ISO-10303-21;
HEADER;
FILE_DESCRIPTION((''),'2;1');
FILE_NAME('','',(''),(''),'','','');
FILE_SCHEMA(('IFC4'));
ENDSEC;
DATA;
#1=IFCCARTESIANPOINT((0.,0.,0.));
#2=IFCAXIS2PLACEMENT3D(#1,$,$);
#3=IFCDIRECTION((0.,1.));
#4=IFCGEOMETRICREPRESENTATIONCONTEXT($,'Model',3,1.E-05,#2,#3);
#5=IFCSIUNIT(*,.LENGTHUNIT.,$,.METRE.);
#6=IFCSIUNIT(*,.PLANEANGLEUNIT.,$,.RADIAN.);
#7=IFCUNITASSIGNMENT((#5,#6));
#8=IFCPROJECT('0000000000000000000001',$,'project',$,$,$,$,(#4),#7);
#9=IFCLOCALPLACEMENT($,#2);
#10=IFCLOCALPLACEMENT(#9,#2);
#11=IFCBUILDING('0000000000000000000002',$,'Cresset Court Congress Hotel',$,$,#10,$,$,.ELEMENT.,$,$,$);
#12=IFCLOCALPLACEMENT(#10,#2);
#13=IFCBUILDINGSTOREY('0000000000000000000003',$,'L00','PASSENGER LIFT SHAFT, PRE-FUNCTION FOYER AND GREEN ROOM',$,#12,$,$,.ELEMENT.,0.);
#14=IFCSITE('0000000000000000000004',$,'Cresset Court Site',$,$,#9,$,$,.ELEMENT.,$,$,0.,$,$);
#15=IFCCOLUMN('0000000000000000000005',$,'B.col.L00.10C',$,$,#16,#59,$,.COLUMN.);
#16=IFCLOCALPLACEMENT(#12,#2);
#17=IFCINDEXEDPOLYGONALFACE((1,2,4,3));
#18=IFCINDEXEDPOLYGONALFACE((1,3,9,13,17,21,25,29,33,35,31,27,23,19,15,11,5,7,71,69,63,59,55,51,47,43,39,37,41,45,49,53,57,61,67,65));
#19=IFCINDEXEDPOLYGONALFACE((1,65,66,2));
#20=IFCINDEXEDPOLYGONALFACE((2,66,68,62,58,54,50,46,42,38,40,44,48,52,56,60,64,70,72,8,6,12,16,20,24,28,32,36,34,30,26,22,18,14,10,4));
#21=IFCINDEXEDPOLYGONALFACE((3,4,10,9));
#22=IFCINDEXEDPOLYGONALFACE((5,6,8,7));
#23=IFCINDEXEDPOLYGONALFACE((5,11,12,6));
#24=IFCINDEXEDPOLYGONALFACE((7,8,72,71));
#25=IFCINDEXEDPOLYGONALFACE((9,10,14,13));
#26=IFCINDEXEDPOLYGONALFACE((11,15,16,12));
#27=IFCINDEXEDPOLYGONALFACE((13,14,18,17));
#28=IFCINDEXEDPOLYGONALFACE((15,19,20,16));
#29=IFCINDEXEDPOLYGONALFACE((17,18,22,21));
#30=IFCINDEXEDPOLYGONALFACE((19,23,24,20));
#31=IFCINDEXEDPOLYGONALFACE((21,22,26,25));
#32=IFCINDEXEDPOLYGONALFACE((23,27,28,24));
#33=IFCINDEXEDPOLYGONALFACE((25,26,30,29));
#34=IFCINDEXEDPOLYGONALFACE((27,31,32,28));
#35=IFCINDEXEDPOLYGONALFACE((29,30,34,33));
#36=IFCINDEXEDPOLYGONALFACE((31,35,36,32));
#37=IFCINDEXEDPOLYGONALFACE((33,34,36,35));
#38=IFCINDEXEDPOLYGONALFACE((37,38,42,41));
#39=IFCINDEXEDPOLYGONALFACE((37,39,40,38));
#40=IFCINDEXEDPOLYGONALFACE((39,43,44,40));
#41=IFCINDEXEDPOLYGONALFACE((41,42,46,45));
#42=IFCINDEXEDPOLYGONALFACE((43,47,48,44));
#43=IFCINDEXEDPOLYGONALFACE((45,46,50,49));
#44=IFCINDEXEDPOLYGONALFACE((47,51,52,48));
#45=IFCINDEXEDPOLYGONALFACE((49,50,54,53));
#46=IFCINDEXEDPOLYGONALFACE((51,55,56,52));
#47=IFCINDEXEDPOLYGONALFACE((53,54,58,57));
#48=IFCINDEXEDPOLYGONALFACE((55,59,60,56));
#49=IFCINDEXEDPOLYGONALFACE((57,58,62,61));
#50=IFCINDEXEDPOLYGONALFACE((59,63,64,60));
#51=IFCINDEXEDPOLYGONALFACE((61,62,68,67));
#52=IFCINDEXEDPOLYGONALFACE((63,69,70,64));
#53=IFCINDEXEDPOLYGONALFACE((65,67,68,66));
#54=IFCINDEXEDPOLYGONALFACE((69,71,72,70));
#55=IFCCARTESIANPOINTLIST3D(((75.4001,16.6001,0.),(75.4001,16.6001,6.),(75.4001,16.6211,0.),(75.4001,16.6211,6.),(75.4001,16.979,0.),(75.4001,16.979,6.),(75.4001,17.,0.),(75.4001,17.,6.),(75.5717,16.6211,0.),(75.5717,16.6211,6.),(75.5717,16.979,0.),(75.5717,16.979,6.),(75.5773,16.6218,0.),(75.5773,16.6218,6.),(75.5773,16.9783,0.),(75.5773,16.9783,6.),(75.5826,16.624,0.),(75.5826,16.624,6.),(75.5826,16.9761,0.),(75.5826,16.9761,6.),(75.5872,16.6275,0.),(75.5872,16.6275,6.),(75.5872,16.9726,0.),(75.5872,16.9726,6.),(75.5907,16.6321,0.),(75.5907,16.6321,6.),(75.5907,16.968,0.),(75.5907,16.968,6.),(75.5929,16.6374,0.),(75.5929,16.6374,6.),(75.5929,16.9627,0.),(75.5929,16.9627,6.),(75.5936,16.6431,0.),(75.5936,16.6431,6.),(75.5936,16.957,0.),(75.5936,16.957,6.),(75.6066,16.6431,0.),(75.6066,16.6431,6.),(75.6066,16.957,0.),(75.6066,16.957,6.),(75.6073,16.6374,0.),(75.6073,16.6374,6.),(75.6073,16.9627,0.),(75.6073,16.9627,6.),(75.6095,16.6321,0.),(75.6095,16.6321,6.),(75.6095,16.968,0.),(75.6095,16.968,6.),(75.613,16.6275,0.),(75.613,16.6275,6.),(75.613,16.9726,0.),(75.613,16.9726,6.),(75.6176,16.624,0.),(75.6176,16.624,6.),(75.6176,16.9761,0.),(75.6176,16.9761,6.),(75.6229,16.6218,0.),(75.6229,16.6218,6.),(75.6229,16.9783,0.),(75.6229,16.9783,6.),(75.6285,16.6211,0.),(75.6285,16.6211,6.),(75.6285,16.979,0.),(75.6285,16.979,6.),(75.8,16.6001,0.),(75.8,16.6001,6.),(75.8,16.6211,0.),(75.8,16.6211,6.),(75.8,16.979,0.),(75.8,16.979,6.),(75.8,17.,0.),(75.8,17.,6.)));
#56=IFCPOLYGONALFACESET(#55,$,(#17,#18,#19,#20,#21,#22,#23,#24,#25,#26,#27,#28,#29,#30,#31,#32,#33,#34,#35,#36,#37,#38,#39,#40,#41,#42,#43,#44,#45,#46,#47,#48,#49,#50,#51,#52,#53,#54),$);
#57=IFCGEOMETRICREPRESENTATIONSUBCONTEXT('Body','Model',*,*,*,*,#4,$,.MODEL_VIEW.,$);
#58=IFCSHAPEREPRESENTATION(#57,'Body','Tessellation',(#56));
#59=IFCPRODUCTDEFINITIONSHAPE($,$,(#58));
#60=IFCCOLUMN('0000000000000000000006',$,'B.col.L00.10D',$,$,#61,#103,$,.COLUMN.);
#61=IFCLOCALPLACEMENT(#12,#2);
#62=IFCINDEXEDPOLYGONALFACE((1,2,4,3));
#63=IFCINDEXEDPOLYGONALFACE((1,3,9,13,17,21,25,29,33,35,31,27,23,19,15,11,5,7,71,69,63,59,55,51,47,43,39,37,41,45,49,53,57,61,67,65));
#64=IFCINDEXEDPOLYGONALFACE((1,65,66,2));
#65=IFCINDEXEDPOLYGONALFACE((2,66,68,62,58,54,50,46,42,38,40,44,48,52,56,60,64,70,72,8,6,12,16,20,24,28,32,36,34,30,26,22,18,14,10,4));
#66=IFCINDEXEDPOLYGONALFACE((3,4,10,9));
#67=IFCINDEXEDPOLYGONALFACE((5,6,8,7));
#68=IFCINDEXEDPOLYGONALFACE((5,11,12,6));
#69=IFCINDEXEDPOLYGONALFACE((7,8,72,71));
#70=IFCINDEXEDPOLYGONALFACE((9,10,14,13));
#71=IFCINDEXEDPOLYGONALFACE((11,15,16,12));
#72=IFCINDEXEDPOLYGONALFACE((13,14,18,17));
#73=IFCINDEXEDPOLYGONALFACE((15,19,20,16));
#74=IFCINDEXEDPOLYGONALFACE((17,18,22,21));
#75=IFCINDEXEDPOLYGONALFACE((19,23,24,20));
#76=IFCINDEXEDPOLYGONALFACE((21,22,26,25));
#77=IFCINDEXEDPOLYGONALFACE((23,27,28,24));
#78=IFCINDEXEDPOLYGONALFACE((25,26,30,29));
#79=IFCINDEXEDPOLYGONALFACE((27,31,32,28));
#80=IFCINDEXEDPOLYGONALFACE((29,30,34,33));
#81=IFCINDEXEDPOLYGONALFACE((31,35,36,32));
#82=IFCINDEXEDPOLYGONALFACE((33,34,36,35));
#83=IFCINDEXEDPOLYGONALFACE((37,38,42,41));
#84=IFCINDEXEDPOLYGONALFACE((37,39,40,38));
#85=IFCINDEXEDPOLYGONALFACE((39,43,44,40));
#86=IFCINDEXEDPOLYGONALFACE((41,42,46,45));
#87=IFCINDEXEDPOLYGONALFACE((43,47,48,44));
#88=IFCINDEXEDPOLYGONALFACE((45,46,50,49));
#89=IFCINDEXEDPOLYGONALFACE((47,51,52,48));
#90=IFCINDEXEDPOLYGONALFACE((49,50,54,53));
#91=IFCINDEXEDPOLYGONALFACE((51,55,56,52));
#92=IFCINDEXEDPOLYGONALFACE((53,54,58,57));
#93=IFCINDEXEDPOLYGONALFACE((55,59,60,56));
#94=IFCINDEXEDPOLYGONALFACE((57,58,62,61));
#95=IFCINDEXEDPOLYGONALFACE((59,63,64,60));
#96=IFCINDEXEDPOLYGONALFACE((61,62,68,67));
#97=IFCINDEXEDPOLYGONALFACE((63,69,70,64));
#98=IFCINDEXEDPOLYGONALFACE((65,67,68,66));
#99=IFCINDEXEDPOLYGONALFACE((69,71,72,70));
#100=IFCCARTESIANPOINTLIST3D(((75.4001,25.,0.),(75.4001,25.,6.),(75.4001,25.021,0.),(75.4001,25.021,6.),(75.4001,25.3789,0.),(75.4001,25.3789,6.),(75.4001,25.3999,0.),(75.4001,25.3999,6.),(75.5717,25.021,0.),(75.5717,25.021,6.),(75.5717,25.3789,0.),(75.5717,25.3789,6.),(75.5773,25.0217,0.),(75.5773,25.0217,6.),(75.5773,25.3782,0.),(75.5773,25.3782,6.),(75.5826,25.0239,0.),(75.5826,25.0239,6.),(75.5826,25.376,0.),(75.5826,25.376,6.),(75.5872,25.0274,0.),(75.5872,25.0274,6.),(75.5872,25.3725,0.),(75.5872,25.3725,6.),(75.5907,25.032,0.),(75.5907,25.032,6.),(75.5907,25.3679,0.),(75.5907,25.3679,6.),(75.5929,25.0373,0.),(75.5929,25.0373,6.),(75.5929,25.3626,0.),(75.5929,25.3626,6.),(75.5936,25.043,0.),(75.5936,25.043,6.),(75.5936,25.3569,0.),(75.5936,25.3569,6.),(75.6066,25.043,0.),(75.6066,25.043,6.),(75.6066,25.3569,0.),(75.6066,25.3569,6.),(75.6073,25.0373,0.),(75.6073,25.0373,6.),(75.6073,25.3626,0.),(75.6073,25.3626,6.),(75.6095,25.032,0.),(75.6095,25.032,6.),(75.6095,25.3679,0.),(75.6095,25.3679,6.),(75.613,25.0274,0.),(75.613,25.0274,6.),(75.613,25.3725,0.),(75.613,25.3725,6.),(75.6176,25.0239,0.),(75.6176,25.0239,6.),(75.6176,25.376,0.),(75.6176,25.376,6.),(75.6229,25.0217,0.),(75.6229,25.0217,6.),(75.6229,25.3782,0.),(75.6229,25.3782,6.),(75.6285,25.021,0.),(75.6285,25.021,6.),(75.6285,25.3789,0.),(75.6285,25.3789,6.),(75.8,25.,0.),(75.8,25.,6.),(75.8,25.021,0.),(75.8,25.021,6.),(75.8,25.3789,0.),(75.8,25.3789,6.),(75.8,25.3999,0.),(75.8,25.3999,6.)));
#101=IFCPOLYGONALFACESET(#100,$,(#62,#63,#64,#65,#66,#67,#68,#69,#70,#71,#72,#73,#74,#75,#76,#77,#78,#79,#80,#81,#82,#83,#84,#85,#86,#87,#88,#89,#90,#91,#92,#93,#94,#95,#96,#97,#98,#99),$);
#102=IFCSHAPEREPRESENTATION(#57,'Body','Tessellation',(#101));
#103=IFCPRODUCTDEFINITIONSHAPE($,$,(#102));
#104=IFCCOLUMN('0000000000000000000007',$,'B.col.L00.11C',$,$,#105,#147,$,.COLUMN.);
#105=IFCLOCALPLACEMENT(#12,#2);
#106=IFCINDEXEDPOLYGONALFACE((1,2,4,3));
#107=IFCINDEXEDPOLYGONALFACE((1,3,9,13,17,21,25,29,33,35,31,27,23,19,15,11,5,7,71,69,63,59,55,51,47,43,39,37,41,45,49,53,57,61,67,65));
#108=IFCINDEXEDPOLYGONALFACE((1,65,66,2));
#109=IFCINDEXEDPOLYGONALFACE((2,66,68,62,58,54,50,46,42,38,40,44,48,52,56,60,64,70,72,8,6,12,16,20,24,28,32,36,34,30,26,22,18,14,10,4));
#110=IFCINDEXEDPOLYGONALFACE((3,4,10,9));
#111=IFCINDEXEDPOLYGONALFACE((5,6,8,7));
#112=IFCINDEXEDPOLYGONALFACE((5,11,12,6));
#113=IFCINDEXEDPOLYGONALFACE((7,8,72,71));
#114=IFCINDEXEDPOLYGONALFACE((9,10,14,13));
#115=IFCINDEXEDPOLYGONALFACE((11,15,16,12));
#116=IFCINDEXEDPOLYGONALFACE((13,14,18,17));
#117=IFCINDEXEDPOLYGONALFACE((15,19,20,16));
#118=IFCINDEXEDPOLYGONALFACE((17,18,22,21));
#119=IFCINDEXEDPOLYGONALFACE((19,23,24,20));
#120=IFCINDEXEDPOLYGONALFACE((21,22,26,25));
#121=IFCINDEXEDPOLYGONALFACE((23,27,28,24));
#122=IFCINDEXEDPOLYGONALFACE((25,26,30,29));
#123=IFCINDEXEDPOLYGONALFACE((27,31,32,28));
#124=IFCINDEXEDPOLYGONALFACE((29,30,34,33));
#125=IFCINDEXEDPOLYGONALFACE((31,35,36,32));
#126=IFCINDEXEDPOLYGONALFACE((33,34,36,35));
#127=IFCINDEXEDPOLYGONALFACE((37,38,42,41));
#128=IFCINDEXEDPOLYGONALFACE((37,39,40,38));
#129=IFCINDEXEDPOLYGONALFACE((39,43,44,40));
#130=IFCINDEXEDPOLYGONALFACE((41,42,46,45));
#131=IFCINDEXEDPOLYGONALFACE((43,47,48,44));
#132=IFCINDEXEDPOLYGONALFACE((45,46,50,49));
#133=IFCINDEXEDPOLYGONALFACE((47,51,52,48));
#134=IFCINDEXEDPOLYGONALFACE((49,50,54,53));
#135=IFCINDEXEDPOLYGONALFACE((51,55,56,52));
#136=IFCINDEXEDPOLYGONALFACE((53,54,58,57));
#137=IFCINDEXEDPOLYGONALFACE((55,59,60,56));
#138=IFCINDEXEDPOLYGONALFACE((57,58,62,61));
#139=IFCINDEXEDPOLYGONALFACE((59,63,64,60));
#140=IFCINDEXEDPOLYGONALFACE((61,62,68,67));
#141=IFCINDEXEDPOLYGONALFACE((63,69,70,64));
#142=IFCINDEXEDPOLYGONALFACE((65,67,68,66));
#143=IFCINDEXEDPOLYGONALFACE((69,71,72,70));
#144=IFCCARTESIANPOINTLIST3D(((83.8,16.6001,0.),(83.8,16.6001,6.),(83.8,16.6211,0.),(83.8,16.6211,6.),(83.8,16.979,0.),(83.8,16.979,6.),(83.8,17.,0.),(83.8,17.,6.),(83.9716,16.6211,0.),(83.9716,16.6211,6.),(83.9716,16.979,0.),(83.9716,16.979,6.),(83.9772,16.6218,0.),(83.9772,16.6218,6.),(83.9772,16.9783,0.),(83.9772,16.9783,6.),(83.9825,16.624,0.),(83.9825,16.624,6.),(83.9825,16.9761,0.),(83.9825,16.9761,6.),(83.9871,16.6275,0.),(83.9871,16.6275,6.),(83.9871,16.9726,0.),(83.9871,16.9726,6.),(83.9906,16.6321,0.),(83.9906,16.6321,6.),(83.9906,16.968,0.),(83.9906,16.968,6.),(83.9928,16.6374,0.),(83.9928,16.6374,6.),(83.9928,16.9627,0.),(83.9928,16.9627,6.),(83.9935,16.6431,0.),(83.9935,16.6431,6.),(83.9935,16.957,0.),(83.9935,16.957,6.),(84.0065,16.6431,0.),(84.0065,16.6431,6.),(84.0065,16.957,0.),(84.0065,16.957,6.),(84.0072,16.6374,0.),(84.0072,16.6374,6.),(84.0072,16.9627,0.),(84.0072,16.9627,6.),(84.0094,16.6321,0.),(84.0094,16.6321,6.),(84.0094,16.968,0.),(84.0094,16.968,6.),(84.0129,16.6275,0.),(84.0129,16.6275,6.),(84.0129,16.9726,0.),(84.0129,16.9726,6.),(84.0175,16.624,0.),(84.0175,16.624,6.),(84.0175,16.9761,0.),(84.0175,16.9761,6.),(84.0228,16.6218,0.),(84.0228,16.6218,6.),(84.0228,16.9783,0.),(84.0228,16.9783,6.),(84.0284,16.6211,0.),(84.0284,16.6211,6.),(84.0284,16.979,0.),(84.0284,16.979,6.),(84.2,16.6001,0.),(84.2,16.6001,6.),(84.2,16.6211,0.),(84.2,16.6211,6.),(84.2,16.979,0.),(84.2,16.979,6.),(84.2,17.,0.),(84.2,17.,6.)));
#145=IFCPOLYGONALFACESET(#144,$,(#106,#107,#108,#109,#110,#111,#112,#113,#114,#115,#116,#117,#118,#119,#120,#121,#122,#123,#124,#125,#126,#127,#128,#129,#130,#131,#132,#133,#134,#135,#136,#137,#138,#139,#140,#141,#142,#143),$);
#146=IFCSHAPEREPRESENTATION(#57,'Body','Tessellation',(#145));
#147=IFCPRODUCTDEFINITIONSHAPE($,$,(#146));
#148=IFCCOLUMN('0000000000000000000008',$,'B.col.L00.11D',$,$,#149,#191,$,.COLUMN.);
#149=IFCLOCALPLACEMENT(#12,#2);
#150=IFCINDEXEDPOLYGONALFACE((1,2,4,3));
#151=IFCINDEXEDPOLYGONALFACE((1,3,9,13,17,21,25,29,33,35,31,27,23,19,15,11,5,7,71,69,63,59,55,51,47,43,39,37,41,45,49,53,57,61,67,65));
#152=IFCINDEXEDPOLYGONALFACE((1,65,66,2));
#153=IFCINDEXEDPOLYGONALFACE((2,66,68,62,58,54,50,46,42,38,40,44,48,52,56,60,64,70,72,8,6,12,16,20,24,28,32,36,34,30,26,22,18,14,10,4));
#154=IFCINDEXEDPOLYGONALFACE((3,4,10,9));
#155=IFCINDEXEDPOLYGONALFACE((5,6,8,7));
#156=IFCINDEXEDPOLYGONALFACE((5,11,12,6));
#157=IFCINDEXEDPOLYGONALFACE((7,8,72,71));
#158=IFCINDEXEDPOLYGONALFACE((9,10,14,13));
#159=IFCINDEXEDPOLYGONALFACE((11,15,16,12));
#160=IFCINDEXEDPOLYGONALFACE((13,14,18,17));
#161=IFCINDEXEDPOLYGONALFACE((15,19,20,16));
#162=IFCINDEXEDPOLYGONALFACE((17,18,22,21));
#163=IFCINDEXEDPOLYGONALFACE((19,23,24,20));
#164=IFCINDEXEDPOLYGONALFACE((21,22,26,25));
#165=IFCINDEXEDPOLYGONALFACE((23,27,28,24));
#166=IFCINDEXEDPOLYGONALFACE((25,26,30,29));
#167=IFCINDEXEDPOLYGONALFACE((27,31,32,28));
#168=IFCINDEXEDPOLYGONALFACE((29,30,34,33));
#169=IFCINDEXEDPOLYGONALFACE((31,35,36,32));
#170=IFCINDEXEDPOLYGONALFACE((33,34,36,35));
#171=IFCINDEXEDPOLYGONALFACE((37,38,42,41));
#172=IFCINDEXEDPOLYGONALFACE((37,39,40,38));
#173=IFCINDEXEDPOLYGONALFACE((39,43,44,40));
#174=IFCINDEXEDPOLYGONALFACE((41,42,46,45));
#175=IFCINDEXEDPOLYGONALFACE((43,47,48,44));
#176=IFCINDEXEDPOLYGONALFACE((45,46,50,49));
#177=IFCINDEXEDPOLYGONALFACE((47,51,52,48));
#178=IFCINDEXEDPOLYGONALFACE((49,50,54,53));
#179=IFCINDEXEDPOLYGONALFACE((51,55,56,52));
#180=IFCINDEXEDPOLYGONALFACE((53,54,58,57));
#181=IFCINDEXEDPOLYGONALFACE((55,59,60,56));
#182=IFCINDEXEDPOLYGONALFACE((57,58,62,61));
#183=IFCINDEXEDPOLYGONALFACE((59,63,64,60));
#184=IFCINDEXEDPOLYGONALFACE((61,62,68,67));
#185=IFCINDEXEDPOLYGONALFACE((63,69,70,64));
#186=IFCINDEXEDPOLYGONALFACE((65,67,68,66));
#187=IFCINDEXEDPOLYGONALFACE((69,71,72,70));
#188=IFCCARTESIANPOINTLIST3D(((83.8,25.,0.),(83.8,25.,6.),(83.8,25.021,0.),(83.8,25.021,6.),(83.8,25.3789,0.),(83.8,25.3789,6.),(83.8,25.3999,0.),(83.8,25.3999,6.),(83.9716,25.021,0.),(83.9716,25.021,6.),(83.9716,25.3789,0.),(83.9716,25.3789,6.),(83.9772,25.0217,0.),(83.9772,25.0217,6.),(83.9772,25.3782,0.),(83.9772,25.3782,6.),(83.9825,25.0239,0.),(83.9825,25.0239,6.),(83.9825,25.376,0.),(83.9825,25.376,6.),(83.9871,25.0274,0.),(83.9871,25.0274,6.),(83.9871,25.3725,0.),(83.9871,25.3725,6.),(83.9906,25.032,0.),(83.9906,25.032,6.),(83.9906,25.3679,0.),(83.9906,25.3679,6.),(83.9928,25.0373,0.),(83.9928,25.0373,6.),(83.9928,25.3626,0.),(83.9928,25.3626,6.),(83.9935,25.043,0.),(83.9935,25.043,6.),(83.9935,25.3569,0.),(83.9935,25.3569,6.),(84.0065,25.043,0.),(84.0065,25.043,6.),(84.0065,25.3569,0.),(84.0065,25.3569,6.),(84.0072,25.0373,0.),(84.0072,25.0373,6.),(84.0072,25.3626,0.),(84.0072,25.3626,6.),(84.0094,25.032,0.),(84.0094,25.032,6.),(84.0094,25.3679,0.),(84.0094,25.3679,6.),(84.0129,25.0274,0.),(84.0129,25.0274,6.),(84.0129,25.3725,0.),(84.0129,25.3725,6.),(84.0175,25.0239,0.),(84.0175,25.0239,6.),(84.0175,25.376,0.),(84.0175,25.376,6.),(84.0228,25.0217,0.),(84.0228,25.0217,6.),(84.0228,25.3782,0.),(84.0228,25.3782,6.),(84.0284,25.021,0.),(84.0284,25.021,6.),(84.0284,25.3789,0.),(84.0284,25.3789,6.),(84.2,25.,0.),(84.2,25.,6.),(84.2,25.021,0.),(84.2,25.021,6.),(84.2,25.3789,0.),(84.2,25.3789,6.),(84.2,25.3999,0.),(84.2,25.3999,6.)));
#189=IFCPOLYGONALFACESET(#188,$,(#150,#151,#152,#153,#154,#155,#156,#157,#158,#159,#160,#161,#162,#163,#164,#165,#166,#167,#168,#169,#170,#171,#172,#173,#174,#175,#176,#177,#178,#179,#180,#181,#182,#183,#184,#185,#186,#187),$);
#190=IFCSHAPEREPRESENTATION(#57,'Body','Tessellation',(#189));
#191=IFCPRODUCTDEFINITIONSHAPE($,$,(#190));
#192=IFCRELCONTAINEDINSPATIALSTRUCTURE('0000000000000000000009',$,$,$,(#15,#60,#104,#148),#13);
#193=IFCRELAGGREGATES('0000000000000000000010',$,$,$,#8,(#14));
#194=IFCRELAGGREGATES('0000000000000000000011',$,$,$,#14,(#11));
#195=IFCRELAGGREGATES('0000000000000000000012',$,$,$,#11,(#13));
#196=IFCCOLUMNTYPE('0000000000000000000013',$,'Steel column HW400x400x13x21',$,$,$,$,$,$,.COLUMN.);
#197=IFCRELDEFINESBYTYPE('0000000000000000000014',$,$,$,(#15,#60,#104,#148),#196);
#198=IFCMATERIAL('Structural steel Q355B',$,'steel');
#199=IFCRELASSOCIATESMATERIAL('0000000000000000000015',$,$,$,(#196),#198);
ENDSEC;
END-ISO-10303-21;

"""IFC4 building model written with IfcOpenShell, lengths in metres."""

from ifc_helpers import new_model, si_unit, direction, frame, origin, origin_2d, place, context, subcontext, project, spatial, i_section, extrude, material, material_profile, profile_set, type_object, element, save


model = new_model("IFC4")

# Units and contexts
model_context = context("Model", 3, precision=1e-05, world=origin(), true_north=direction((0.0, 1.0)))
body_context = subcontext(model_context, "Body", "Model", "MODEL_VIEW")
ifc_project = project(units=[si_unit("LENGTHUNIT", "METRE"), si_unit("PLANEANGLEUNIT", "RADIAN")], contexts=[model_context])

# Site, building, storey
site_placement = place(None, origin())
site = spatial("IfcSite", under=ifc_project, at=site_placement, Name="Cresset Court Site", CompositionType="ELEMENT", RefElevation=0.0)
building_placement = place(site_placement, origin())
building = spatial("IfcBuilding", under=site, at=building_placement, Name="Cresset Court Congress Hotel", CompositionType="ELEMENT")
storey_placement = place(building_placement, origin())
storey = spatial("IfcBuildingStorey", under=building, at=storey_placement, Name="L00", Description="PASSENGER LIFT SHAFT, PRE-FUNCTION FOYER AND GREEN ROOM", CompositionType="ELEMENT", Elevation=0.0)

# Columns
ifc_material_1 = material(Name="Structural steel Q355B", Category="steel")
ifc_material_profile = material_profile(ifc_material_1, i_section(OverallWidth=0.3999, OverallDepth=0.3999, WebThickness=0.0129, FlangeThickness=0.021, FilletRadius=0.022, at=origin_2d()), Name="HW400x400x13x21")
ifc_profile_set = profile_set([ifc_material_profile], Name="Structural steel Q355B")
column_type = type_object("IfcColumnType", Name="Steel column HW400x400x13x21", PredefinedType="COLUMN", material=ifc_profile_set)
for number, where, z_axis, x_axis, name in (
    (1, (75.6001, 16.8, 0.0), (0.0, 0.0, 1.0), (1.0, 0.0, 0.0), "B.col.L00.10C"),
    (2, (75.6001, 25.2, 0.0), (0.0, 0.0, 1.0), (1.0, 0.0, 0.0), "B.col.L00.10D"),
    (3, (84.0, 16.8, 0.0), (0.0, 0.0, 1.0), (1.0, 0.0, 0.0), "B.col.L00.11C"),
    (4, (84.0, 25.2, 0.0), (0.0, 0.0, 1.0), (1.0, 0.0, 0.0), "B.col.L00.11D"),
):
    element("IfcColumn", number, at=place(storey_placement, frame(where, z_axis=z_axis, x_axis=x_axis)), inside=storey, type_object=column_type, Name=name, PredefinedType="COLUMN", context=body_context, shape_type="SweptSolid", body=[
        extrude(i_section(OverallWidth=0.3999, OverallDepth=0.3999, WebThickness=0.0129, FlangeThickness=0.021, FilletRadius=0.022, at=origin_2d()), origin(), (0.0, 0.0, 1.0), 6.0),
    ])

save(model, "model.ifc")
